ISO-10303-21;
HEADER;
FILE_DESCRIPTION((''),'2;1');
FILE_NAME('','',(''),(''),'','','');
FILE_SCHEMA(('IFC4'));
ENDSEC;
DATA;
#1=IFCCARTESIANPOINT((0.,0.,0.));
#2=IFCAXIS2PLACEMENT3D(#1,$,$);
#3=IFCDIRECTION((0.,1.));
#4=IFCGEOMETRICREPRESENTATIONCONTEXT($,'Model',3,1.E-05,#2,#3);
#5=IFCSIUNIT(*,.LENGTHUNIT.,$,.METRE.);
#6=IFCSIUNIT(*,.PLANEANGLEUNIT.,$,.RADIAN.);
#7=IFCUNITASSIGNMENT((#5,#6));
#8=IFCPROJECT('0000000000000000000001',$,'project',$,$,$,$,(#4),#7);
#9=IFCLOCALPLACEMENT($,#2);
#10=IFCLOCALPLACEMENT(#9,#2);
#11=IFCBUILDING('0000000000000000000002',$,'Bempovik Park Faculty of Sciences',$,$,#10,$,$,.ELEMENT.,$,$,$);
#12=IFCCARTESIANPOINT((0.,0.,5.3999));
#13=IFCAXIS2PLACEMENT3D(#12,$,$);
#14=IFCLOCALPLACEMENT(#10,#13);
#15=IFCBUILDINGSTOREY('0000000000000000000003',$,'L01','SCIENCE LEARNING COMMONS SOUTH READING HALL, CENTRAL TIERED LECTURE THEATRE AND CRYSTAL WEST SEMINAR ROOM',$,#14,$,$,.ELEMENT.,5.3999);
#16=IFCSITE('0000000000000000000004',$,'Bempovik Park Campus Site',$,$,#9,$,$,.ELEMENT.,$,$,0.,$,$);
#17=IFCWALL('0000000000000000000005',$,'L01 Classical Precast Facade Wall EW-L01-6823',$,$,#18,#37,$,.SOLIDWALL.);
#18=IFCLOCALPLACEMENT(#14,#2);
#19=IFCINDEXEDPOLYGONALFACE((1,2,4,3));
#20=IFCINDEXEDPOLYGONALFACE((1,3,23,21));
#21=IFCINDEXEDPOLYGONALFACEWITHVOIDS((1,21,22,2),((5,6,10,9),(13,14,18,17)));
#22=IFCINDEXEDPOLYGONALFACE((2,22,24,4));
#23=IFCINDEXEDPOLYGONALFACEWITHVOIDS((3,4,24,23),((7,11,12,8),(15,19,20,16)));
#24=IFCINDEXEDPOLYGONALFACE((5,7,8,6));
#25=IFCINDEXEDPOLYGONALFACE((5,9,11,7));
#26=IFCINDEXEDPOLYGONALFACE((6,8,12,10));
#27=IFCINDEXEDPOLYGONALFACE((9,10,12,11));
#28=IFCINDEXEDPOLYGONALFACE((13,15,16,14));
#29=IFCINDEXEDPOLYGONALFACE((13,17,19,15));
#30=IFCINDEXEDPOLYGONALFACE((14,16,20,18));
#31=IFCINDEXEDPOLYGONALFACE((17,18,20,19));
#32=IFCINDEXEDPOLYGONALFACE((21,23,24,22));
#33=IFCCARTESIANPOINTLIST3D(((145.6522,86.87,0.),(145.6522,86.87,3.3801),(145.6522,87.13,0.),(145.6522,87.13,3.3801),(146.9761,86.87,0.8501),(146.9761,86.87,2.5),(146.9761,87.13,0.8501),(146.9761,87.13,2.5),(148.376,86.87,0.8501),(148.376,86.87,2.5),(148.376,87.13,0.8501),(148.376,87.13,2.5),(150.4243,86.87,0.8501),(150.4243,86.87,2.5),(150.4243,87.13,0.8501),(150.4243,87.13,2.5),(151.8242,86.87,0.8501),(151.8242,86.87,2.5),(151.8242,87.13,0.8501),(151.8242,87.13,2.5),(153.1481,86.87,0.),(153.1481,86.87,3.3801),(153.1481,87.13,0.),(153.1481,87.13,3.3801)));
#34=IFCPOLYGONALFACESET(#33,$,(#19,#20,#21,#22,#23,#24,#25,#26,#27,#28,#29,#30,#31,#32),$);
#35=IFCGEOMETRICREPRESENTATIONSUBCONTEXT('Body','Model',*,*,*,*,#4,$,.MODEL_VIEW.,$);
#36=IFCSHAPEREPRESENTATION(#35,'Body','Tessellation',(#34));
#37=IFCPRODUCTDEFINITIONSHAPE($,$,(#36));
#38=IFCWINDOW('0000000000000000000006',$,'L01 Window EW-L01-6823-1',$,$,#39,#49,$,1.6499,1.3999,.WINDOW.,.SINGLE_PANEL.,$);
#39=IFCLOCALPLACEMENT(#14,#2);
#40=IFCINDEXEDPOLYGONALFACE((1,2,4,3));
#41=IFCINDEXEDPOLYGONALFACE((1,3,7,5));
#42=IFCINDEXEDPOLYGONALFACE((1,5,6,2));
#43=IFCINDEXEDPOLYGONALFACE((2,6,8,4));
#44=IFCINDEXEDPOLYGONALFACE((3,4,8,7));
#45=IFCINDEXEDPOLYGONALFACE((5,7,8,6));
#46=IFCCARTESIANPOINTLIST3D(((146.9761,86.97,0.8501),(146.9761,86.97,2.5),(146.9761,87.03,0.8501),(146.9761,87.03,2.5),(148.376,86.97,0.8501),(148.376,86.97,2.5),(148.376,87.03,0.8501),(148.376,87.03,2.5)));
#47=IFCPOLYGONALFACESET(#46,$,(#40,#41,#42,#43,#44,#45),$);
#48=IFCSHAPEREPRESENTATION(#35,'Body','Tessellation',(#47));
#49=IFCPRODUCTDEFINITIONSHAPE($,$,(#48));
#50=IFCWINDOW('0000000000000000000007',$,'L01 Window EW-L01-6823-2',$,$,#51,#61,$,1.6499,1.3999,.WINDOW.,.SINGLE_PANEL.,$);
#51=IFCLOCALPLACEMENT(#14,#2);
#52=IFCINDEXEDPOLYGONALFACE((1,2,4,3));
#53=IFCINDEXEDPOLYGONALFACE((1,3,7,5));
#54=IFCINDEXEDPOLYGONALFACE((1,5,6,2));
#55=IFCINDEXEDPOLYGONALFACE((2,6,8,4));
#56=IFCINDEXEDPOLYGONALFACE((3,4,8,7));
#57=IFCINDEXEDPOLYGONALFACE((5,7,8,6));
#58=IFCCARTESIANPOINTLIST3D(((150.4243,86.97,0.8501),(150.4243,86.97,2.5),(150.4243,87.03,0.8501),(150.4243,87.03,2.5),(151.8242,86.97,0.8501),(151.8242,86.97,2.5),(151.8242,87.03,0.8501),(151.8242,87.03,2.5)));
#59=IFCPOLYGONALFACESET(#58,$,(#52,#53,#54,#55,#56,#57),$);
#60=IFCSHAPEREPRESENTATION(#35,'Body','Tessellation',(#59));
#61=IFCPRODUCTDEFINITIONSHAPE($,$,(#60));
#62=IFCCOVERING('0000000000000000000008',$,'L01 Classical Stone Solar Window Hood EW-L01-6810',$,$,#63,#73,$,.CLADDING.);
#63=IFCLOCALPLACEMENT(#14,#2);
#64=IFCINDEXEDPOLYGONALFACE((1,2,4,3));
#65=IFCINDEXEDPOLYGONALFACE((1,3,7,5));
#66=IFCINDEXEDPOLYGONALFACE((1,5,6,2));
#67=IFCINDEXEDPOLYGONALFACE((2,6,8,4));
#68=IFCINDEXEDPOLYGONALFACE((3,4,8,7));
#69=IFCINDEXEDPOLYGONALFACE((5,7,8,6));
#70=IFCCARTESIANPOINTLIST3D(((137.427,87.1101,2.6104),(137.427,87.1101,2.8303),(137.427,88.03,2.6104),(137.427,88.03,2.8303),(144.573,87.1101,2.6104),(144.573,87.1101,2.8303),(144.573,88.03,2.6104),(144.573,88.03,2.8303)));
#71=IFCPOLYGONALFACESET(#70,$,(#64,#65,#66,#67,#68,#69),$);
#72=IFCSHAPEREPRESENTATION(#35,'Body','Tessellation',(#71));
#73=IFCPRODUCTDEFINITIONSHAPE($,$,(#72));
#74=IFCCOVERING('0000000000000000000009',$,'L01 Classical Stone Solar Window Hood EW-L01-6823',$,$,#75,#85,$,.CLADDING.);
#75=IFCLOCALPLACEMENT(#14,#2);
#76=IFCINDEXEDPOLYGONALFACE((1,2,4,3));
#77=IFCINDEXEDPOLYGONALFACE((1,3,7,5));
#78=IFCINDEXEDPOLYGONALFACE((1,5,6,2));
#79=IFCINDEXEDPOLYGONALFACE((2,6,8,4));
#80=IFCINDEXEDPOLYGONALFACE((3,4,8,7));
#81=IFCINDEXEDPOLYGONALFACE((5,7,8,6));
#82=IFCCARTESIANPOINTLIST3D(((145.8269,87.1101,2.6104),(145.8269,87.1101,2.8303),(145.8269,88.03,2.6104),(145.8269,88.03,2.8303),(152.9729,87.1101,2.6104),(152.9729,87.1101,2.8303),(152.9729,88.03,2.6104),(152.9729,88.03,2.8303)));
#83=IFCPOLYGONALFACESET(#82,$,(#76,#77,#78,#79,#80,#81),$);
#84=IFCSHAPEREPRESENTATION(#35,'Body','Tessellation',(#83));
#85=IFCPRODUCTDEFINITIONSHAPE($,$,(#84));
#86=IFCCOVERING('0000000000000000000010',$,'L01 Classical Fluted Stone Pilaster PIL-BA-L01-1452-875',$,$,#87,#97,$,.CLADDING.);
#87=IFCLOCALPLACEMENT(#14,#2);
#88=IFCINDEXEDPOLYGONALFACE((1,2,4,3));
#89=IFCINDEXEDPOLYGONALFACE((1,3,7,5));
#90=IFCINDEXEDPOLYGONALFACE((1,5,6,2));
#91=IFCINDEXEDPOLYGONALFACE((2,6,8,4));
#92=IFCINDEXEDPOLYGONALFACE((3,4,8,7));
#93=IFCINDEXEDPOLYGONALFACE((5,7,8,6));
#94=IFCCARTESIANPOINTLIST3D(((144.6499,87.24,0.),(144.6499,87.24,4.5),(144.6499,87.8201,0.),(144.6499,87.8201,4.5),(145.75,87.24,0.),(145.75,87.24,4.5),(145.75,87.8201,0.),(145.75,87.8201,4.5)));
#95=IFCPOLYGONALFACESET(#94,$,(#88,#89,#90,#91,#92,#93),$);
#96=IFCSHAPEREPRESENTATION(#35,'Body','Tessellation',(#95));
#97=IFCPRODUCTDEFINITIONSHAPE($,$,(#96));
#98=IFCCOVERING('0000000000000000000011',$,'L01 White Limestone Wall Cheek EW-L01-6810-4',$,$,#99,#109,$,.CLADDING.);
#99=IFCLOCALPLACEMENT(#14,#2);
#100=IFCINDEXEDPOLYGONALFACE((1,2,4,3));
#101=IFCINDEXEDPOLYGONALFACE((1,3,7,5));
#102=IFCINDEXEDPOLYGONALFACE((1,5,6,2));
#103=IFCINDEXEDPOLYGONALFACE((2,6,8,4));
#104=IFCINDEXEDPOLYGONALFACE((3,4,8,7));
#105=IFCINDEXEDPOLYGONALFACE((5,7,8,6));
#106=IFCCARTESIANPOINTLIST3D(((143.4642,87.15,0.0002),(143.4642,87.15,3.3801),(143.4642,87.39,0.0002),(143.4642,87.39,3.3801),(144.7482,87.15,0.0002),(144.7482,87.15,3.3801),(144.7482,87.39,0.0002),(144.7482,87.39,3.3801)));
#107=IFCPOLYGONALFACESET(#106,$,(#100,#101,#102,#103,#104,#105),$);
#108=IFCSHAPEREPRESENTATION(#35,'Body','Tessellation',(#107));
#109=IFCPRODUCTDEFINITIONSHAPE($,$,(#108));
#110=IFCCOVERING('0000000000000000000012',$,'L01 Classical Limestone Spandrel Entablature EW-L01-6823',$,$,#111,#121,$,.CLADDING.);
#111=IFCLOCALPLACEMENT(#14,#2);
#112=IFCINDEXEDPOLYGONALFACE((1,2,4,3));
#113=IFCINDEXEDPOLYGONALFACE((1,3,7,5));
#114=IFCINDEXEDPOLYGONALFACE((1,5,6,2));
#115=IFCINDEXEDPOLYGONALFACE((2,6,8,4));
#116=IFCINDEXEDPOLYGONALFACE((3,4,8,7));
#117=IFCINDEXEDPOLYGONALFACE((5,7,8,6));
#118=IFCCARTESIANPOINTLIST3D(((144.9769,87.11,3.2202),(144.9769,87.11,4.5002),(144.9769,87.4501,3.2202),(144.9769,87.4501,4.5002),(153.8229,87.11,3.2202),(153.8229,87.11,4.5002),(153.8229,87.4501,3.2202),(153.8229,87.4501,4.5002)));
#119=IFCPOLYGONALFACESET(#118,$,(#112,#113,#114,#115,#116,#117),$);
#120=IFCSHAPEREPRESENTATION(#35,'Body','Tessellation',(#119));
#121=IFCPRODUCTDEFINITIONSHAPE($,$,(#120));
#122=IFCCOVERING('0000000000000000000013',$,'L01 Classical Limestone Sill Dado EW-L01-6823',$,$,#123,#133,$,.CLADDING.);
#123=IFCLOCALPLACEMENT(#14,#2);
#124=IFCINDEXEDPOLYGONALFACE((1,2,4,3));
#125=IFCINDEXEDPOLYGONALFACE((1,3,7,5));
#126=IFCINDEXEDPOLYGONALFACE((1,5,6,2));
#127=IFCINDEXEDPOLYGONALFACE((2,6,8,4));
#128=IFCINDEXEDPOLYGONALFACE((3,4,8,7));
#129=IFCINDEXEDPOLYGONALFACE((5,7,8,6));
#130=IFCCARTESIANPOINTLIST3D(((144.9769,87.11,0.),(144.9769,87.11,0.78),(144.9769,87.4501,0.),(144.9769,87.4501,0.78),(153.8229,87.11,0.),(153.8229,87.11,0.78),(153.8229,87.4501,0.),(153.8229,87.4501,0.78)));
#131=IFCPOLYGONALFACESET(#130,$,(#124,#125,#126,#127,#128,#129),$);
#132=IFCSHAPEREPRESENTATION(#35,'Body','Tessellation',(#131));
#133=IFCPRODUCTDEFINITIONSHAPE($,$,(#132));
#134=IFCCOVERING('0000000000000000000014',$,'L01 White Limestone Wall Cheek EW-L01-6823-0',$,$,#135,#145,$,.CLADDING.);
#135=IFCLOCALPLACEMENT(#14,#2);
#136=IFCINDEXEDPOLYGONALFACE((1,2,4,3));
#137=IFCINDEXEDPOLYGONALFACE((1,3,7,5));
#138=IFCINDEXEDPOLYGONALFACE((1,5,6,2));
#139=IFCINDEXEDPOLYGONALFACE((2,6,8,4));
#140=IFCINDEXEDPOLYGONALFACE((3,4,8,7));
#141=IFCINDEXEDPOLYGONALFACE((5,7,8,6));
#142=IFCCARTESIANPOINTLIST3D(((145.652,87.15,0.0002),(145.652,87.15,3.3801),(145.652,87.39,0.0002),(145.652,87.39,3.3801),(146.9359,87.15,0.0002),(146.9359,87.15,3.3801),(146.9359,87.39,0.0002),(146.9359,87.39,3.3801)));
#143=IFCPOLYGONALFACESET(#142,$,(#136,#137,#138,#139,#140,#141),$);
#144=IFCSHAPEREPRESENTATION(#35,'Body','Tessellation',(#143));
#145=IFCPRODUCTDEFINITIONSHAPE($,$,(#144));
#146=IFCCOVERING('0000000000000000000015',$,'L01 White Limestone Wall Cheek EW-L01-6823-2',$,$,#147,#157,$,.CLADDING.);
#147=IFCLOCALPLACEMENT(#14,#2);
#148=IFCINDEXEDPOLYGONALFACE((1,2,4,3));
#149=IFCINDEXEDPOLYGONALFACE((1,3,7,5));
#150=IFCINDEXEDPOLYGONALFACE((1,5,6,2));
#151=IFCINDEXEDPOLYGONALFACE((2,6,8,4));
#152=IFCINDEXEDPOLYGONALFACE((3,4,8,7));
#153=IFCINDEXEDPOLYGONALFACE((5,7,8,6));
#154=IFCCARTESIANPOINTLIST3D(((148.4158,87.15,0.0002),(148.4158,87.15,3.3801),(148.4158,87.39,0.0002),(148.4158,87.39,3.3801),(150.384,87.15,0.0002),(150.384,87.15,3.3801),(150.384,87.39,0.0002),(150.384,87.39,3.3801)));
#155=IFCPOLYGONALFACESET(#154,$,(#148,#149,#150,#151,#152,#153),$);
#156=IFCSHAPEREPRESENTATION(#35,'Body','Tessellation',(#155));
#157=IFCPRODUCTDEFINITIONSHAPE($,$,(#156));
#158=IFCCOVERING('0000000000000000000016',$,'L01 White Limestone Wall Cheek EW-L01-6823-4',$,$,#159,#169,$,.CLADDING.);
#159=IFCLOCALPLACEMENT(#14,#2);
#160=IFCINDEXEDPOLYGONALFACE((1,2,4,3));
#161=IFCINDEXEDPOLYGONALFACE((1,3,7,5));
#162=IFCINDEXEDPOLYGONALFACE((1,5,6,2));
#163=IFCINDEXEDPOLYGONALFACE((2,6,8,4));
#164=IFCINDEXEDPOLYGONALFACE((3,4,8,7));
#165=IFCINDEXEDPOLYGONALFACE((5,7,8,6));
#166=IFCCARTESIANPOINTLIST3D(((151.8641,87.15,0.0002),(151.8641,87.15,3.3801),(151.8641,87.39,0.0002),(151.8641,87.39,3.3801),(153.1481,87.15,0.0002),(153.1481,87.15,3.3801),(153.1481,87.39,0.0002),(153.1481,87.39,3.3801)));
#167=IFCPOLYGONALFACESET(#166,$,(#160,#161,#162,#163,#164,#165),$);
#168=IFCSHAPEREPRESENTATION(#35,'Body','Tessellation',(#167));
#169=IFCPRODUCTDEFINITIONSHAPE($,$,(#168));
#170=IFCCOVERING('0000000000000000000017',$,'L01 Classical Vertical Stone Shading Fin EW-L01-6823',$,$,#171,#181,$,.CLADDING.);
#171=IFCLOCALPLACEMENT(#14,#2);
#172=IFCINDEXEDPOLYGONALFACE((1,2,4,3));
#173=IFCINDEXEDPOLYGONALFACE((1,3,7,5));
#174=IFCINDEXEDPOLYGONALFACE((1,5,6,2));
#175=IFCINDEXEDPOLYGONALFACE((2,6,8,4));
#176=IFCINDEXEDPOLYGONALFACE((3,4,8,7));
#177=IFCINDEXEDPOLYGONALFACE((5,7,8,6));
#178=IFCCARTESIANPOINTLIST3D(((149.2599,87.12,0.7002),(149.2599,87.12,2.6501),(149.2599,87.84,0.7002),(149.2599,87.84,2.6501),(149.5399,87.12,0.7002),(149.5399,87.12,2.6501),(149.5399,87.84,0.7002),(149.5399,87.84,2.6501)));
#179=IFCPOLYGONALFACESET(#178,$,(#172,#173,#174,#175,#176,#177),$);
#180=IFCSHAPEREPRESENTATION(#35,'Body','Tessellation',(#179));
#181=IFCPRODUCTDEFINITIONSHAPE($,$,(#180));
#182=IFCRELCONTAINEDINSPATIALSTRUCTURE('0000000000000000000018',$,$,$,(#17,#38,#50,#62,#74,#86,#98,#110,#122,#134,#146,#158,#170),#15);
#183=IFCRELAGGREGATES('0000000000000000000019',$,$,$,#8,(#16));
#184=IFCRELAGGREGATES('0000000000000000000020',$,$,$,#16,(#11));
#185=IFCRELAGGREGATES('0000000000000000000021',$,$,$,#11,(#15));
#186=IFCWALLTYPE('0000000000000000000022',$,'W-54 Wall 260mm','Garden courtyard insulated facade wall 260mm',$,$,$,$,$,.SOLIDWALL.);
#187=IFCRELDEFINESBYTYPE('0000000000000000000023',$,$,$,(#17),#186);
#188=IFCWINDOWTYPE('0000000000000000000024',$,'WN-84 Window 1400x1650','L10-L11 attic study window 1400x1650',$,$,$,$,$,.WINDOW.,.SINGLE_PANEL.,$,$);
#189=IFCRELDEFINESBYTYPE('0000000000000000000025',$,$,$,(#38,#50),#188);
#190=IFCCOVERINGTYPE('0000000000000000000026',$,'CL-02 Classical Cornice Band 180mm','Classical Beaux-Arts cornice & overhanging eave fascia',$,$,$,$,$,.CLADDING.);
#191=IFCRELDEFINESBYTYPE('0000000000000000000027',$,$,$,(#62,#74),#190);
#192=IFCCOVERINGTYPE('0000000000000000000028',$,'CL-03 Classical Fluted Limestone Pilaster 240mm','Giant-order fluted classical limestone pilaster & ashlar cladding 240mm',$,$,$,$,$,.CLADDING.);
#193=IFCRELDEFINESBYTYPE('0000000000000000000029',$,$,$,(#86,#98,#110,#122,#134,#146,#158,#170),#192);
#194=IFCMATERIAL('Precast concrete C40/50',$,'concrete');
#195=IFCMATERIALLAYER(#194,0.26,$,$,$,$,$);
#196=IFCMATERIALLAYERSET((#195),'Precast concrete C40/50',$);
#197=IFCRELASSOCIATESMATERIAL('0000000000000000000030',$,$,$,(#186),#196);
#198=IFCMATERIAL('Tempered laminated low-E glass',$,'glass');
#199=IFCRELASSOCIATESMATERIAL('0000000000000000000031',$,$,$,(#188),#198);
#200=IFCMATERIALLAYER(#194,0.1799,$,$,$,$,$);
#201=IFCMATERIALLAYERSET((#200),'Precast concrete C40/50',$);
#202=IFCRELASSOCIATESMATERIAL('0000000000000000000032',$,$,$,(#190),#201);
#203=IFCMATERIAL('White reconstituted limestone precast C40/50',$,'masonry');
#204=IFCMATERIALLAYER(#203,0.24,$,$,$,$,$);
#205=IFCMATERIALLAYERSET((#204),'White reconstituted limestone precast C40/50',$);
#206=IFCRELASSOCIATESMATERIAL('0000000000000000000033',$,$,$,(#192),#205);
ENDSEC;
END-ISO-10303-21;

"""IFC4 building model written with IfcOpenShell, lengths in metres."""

from ifc_helpers import new_model, si_unit, direction, frame, frame_2d, origin, origin_2d, place, context, subcontext, project, spatial, rectangle, extrude, material, layer, layer_set, type_object, element, fill, save


model = new_model("IFC4")

# Units and contexts
model_context = context("Model", 3, precision=1e-05, world=origin(), true_north=direction((0.0, 1.0)))
body_context = subcontext(model_context, "Body", "Model", "MODEL_VIEW")
ifc_project = project(units=[si_unit("LENGTHUNIT", "METRE"), si_unit("PLANEANGLEUNIT", "RADIAN")], contexts=[model_context])

# Site, building, storey
site_placement = place(None, origin())
site = spatial("IfcSite", under=ifc_project, at=site_placement, Name="Bempovik Park Campus Site", CompositionType="ELEMENT", RefElevation=0.0)
building_placement = place(site_placement, origin())
building = spatial("IfcBuilding", under=site, at=building_placement, Name="Bempovik Park Faculty of Sciences", CompositionType="ELEMENT")
storey_placement = place(building_placement, frame((0.0, 0.0, 5.3999)))
storey = spatial("IfcBuildingStorey", under=building, at=storey_placement, Name="L01", Description="SCIENCE LEARNING COMMONS SOUTH READING HALL, CENTRAL TIERED LECTURE THEATRE AND CRYSTAL WEST SEMINAR ROOM", CompositionType="ELEMENT", Elevation=5.3999)

# Wall, openings, windows
ifc_material_1 = material(Name="Precast concrete C40/50", Category="concrete")
ifc_layer_1 = layer(ifc_material_1, 0.26)
ifc_layer_set_1 = layer_set([ifc_layer_1], Name="Precast concrete C40/50")
wall_type = type_object("IfcWallType", Name="W-54 Wall 260mm", Description="Garden courtyard insulated facade wall 260mm", PredefinedType="SOLIDWALL", material=ifc_layer_set_1)
wall_placement = place(storey_placement, frame((145.6521, 87.0, 0.0), z_axis=(0.0, 0.0, 1.0), x_axis=(1.0, 0.0, 0.0)))
wall = element("IfcWall", 1, at=wall_placement, inside=storey, type_object=wall_type, Name="L01 Classical Precast Facade Wall EW-L01-6823", PredefinedType="SOLIDWALL", context=body_context, shape_type="SweptSolid", body=[
    extrude(rectangle(XDim=7.4958, YDim=0.26, at=frame_2d((3.748, 0.0))), origin(), (0.0, 0.0, 1.0), 3.3801),
])
opening_1_placement = place(wall_placement, frame((1.324, 0.0, 0.8501)))
opening_1 = element("IfcOpeningElement", 2, at=opening_1_placement, cuts=wall, PredefinedType="OPENING", context=body_context, shape_type="SweptSolid", body=[
    extrude(rectangle(XDim=1.3999, YDim=1.6499, at=frame_2d((0.7, 0.825))), frame((0.0, 0.1401, 0.0), z_axis=(0.0, -1.0, 0.0), x_axis=(1.0, 0.0, 0.0)), (0.0, 0.0, 1.0), 0.28),
])
opening_2_placement = place(wall_placement, frame((4.7722, 0.0, 0.8501)))
opening_2 = element("IfcOpeningElement", 3, at=opening_2_placement, cuts=wall, PredefinedType="OPENING", context=body_context, shape_type="SweptSolid", body=[
    extrude(rectangle(XDim=1.3999, YDim=1.6499, at=frame_2d((0.7, 0.825))), frame((0.0, 0.1401, 0.0), z_axis=(0.0, -1.0, 0.0), x_axis=(1.0, 0.0, 0.0)), (0.0, 0.0, 1.0), 0.28),
])
ifc_material_2 = material(Name="Tempered laminated low-E glass", Category="glass")
window_type = type_object("IfcWindowType", Name="WN-84 Window 1400x1650", Description="L10-L11 attic study window 1400x1650", PartitioningType="SINGLE_PANEL", PredefinedType="WINDOW", material=ifc_material_2)
window_1_placement = place(opening_1_placement, origin())
window_1 = element("IfcWindow", 4, at=window_1_placement, inside=storey, type_object=window_type, Name="L01 Window EW-L01-6823-1", OverallHeight=1.6499, OverallWidth=1.3999, PartitioningType="SINGLE_PANEL", PredefinedType="WINDOW", context=body_context, shape_type="SweptSolid", body=[
    extrude(rectangle(XDim=1.3999, YDim=1.6499, at=frame_2d((0.7, 0.825))), frame((0.0, 0.03, 0.0), z_axis=(0.0, -1.0, 0.0), x_axis=(1.0, 0.0, 0.0)), (0.0, 0.0, 1.0), 0.0601),
])
fill(opening_1, window_1)
window_2_placement = place(opening_2_placement, origin())
window_2 = element("IfcWindow", 5, at=window_2_placement, inside=storey, type_object=window_type, Name="L01 Window EW-L01-6823-2", OverallHeight=1.6499, OverallWidth=1.3999, PartitioningType="SINGLE_PANEL", PredefinedType="WINDOW", context=body_context, shape_type="SweptSolid", body=[
    extrude(rectangle(XDim=1.3999, YDim=1.6499, at=frame_2d((0.7, 0.825))), frame((0.0, 0.03, 0.0), z_axis=(0.0, -1.0, 0.0), x_axis=(1.0, 0.0, 0.0)), (0.0, 0.0, 1.0), 0.0601),
])
fill(opening_2, window_2)

# Coverings
ifc_layer_2 = layer(ifc_material_1, 0.1799)
ifc_layer_set_2 = layer_set([ifc_layer_2], Name="Precast concrete C40/50")
covering_type_1 = type_object("IfcCoveringType", Name="CL-02 Classical Cornice Band 180mm", Description="Classical Beaux-Arts cornice & overhanging eave fascia", PredefinedType="CLADDING", material=ifc_layer_set_2)
for number, where, z_axis, x_axis, name in (
    (6, (141.0, 87.5701, 2.6104), (0.0, 0.0, 1.0), (1.0, 0.0, 0.0), "L01 Classical Stone Solar Window Hood EW-L01-6810"),
    (7, (149.3999, 87.5701, 2.6104), (0.0, 0.0, 1.0), (1.0, 0.0, 0.0), "L01 Classical Stone Solar Window Hood EW-L01-6823"),
):
    element("IfcCovering", number, at=place(storey_placement, frame(where, z_axis=z_axis, x_axis=x_axis)), inside=storey, type_object=covering_type_1, Name=name, PredefinedType="CLADDING", context=body_context, shape_type="SweptSolid", body=[
        extrude(rectangle(XDim=7.146, YDim=0.9199, at=origin_2d()), origin(), (0.0, 0.0, 1.0), 0.22),
    ])
ifc_material_3 = material(Name="White reconstituted limestone precast C40/50", Category="masonry")
ifc_layer_3 = layer(ifc_material_3, 0.24)
ifc_layer_set_3 = layer_set([ifc_layer_3], Name="White reconstituted limestone precast C40/50")
covering_type_2 = type_object("IfcCoveringType", Name="CL-03 Classical Fluted Limestone Pilaster 240mm", Description="Giant-order fluted classical limestone pilaster & ashlar cladding 240mm", PredefinedType="CLADDING", material=ifc_layer_set_3)
covering_1_placement = place(storey_placement, frame((145.2, 87.53, 0.0), z_axis=(0.0, 0.0, 1.0), x_axis=(1.0, 0.0, 0.0)))
element("IfcCovering", 8, at=covering_1_placement, inside=storey, type_object=covering_type_2, Name="L01 Classical Fluted Stone Pilaster PIL-BA-L01-1452-875", PredefinedType="CLADDING", context=body_context, shape_type="SweptSolid", body=[
    extrude(rectangle(XDim=1.1001, YDim=0.5801, at=origin_2d()), origin(), (0.0, 0.0, 1.0), 4.5),
])
covering_2_placement = place(storey_placement, frame((144.1062, 87.27, 0.0002), z_axis=(0.0, 0.0, 1.0), x_axis=(1.0, 0.0, 0.0)))
element("IfcCovering", 9, at=covering_2_placement, inside=storey, type_object=covering_type_2, Name="L01 White Limestone Wall Cheek EW-L01-6810-4", PredefinedType="CLADDING", context=body_context, shape_type="SweptSolid", body=[
    extrude(rectangle(XDim=1.2839, YDim=0.24, at=origin_2d()), origin(), (0.0, 0.0, 1.0), 3.3799),
])
covering_3_placement = place(storey_placement, frame((149.3999, 87.28, 3.2202), z_axis=(0.0, 0.0, 1.0), x_axis=(1.0, 0.0, 0.0)))
element("IfcCovering", 10, at=covering_3_placement, inside=storey, type_object=covering_type_2, Name="L01 Classical Limestone Spandrel Entablature EW-L01-6823", PredefinedType="CLADDING", context=body_context, shape_type="SweptSolid", body=[
    extrude(rectangle(XDim=8.8459, YDim=0.3401, at=origin_2d()), origin(), (0.0, 0.0, 1.0), 1.28),
])
covering_4_placement = place(storey_placement, frame((149.3999, 87.28, 0.0), z_axis=(0.0, 0.0, 1.0), x_axis=(1.0, 0.0, 0.0)))
element("IfcCovering", 11, at=covering_4_placement, inside=storey, type_object=covering_type_2, Name="L01 Classical Limestone Sill Dado EW-L01-6823", PredefinedType="CLADDING", context=body_context, shape_type="SweptSolid", body=[
    extrude(rectangle(XDim=8.8459, YDim=0.3401, at=origin_2d()), origin(), (0.0, 0.0, 1.0), 0.78),
])
covering_5_placement = place(storey_placement, frame((146.2939, 87.27, 0.0002), z_axis=(0.0, 0.0, 1.0), x_axis=(1.0, 0.0, 0.0)))
element("IfcCovering", 12, at=covering_5_placement, inside=storey, type_object=covering_type_2, Name="L01 White Limestone Wall Cheek EW-L01-6823-0", PredefinedType="CLADDING", context=body_context, shape_type="SweptSolid", body=[
    extrude(rectangle(XDim=1.2839, YDim=0.24, at=origin_2d()), origin(), (0.0, 0.0, 1.0), 3.3799),
])
covering_6_placement = place(storey_placement, frame((149.3999, 87.27, 0.0002), z_axis=(0.0, 0.0, 1.0), x_axis=(1.0, 0.0, 0.0)))
element("IfcCovering", 13, at=covering_6_placement, inside=storey, type_object=covering_type_2, Name="L01 White Limestone Wall Cheek EW-L01-6823-2", PredefinedType="CLADDING", context=body_context, shape_type="SweptSolid", body=[
    extrude(rectangle(XDim=1.9683, YDim=0.24, at=origin_2d()), origin(), (0.0, 0.0, 1.0), 3.3799),
])
covering_7_placement = place(storey_placement, frame((152.5061, 87.27, 0.0002), z_axis=(0.0, 0.0, 1.0), x_axis=(1.0, 0.0, 0.0)))
element("IfcCovering", 14, at=covering_7_placement, inside=storey, type_object=covering_type_2, Name="L01 White Limestone Wall Cheek EW-L01-6823-4", PredefinedType="CLADDING", context=body_context, shape_type="SweptSolid", body=[
    extrude(rectangle(XDim=1.2839, YDim=0.24, at=origin_2d()), origin(), (0.0, 0.0, 1.0), 3.3799),
])
covering_8_placement = place(storey_placement, frame((149.3999, 87.48, 0.7002), z_axis=(0.0, 0.0, 1.0), x_axis=(1.0, 0.0, 0.0)))
element("IfcCovering", 15, at=covering_8_placement, inside=storey, type_object=covering_type_2, Name="L01 Classical Vertical Stone Shading Fin EW-L01-6823", PredefinedType="CLADDING", context=body_context, shape_type="SweptSolid", body=[
    extrude(rectangle(XDim=0.28, YDim=0.72, at=origin_2d()), origin(), (0.0, 0.0, 1.0), 1.95),
])

save(model, "model.ifc")
